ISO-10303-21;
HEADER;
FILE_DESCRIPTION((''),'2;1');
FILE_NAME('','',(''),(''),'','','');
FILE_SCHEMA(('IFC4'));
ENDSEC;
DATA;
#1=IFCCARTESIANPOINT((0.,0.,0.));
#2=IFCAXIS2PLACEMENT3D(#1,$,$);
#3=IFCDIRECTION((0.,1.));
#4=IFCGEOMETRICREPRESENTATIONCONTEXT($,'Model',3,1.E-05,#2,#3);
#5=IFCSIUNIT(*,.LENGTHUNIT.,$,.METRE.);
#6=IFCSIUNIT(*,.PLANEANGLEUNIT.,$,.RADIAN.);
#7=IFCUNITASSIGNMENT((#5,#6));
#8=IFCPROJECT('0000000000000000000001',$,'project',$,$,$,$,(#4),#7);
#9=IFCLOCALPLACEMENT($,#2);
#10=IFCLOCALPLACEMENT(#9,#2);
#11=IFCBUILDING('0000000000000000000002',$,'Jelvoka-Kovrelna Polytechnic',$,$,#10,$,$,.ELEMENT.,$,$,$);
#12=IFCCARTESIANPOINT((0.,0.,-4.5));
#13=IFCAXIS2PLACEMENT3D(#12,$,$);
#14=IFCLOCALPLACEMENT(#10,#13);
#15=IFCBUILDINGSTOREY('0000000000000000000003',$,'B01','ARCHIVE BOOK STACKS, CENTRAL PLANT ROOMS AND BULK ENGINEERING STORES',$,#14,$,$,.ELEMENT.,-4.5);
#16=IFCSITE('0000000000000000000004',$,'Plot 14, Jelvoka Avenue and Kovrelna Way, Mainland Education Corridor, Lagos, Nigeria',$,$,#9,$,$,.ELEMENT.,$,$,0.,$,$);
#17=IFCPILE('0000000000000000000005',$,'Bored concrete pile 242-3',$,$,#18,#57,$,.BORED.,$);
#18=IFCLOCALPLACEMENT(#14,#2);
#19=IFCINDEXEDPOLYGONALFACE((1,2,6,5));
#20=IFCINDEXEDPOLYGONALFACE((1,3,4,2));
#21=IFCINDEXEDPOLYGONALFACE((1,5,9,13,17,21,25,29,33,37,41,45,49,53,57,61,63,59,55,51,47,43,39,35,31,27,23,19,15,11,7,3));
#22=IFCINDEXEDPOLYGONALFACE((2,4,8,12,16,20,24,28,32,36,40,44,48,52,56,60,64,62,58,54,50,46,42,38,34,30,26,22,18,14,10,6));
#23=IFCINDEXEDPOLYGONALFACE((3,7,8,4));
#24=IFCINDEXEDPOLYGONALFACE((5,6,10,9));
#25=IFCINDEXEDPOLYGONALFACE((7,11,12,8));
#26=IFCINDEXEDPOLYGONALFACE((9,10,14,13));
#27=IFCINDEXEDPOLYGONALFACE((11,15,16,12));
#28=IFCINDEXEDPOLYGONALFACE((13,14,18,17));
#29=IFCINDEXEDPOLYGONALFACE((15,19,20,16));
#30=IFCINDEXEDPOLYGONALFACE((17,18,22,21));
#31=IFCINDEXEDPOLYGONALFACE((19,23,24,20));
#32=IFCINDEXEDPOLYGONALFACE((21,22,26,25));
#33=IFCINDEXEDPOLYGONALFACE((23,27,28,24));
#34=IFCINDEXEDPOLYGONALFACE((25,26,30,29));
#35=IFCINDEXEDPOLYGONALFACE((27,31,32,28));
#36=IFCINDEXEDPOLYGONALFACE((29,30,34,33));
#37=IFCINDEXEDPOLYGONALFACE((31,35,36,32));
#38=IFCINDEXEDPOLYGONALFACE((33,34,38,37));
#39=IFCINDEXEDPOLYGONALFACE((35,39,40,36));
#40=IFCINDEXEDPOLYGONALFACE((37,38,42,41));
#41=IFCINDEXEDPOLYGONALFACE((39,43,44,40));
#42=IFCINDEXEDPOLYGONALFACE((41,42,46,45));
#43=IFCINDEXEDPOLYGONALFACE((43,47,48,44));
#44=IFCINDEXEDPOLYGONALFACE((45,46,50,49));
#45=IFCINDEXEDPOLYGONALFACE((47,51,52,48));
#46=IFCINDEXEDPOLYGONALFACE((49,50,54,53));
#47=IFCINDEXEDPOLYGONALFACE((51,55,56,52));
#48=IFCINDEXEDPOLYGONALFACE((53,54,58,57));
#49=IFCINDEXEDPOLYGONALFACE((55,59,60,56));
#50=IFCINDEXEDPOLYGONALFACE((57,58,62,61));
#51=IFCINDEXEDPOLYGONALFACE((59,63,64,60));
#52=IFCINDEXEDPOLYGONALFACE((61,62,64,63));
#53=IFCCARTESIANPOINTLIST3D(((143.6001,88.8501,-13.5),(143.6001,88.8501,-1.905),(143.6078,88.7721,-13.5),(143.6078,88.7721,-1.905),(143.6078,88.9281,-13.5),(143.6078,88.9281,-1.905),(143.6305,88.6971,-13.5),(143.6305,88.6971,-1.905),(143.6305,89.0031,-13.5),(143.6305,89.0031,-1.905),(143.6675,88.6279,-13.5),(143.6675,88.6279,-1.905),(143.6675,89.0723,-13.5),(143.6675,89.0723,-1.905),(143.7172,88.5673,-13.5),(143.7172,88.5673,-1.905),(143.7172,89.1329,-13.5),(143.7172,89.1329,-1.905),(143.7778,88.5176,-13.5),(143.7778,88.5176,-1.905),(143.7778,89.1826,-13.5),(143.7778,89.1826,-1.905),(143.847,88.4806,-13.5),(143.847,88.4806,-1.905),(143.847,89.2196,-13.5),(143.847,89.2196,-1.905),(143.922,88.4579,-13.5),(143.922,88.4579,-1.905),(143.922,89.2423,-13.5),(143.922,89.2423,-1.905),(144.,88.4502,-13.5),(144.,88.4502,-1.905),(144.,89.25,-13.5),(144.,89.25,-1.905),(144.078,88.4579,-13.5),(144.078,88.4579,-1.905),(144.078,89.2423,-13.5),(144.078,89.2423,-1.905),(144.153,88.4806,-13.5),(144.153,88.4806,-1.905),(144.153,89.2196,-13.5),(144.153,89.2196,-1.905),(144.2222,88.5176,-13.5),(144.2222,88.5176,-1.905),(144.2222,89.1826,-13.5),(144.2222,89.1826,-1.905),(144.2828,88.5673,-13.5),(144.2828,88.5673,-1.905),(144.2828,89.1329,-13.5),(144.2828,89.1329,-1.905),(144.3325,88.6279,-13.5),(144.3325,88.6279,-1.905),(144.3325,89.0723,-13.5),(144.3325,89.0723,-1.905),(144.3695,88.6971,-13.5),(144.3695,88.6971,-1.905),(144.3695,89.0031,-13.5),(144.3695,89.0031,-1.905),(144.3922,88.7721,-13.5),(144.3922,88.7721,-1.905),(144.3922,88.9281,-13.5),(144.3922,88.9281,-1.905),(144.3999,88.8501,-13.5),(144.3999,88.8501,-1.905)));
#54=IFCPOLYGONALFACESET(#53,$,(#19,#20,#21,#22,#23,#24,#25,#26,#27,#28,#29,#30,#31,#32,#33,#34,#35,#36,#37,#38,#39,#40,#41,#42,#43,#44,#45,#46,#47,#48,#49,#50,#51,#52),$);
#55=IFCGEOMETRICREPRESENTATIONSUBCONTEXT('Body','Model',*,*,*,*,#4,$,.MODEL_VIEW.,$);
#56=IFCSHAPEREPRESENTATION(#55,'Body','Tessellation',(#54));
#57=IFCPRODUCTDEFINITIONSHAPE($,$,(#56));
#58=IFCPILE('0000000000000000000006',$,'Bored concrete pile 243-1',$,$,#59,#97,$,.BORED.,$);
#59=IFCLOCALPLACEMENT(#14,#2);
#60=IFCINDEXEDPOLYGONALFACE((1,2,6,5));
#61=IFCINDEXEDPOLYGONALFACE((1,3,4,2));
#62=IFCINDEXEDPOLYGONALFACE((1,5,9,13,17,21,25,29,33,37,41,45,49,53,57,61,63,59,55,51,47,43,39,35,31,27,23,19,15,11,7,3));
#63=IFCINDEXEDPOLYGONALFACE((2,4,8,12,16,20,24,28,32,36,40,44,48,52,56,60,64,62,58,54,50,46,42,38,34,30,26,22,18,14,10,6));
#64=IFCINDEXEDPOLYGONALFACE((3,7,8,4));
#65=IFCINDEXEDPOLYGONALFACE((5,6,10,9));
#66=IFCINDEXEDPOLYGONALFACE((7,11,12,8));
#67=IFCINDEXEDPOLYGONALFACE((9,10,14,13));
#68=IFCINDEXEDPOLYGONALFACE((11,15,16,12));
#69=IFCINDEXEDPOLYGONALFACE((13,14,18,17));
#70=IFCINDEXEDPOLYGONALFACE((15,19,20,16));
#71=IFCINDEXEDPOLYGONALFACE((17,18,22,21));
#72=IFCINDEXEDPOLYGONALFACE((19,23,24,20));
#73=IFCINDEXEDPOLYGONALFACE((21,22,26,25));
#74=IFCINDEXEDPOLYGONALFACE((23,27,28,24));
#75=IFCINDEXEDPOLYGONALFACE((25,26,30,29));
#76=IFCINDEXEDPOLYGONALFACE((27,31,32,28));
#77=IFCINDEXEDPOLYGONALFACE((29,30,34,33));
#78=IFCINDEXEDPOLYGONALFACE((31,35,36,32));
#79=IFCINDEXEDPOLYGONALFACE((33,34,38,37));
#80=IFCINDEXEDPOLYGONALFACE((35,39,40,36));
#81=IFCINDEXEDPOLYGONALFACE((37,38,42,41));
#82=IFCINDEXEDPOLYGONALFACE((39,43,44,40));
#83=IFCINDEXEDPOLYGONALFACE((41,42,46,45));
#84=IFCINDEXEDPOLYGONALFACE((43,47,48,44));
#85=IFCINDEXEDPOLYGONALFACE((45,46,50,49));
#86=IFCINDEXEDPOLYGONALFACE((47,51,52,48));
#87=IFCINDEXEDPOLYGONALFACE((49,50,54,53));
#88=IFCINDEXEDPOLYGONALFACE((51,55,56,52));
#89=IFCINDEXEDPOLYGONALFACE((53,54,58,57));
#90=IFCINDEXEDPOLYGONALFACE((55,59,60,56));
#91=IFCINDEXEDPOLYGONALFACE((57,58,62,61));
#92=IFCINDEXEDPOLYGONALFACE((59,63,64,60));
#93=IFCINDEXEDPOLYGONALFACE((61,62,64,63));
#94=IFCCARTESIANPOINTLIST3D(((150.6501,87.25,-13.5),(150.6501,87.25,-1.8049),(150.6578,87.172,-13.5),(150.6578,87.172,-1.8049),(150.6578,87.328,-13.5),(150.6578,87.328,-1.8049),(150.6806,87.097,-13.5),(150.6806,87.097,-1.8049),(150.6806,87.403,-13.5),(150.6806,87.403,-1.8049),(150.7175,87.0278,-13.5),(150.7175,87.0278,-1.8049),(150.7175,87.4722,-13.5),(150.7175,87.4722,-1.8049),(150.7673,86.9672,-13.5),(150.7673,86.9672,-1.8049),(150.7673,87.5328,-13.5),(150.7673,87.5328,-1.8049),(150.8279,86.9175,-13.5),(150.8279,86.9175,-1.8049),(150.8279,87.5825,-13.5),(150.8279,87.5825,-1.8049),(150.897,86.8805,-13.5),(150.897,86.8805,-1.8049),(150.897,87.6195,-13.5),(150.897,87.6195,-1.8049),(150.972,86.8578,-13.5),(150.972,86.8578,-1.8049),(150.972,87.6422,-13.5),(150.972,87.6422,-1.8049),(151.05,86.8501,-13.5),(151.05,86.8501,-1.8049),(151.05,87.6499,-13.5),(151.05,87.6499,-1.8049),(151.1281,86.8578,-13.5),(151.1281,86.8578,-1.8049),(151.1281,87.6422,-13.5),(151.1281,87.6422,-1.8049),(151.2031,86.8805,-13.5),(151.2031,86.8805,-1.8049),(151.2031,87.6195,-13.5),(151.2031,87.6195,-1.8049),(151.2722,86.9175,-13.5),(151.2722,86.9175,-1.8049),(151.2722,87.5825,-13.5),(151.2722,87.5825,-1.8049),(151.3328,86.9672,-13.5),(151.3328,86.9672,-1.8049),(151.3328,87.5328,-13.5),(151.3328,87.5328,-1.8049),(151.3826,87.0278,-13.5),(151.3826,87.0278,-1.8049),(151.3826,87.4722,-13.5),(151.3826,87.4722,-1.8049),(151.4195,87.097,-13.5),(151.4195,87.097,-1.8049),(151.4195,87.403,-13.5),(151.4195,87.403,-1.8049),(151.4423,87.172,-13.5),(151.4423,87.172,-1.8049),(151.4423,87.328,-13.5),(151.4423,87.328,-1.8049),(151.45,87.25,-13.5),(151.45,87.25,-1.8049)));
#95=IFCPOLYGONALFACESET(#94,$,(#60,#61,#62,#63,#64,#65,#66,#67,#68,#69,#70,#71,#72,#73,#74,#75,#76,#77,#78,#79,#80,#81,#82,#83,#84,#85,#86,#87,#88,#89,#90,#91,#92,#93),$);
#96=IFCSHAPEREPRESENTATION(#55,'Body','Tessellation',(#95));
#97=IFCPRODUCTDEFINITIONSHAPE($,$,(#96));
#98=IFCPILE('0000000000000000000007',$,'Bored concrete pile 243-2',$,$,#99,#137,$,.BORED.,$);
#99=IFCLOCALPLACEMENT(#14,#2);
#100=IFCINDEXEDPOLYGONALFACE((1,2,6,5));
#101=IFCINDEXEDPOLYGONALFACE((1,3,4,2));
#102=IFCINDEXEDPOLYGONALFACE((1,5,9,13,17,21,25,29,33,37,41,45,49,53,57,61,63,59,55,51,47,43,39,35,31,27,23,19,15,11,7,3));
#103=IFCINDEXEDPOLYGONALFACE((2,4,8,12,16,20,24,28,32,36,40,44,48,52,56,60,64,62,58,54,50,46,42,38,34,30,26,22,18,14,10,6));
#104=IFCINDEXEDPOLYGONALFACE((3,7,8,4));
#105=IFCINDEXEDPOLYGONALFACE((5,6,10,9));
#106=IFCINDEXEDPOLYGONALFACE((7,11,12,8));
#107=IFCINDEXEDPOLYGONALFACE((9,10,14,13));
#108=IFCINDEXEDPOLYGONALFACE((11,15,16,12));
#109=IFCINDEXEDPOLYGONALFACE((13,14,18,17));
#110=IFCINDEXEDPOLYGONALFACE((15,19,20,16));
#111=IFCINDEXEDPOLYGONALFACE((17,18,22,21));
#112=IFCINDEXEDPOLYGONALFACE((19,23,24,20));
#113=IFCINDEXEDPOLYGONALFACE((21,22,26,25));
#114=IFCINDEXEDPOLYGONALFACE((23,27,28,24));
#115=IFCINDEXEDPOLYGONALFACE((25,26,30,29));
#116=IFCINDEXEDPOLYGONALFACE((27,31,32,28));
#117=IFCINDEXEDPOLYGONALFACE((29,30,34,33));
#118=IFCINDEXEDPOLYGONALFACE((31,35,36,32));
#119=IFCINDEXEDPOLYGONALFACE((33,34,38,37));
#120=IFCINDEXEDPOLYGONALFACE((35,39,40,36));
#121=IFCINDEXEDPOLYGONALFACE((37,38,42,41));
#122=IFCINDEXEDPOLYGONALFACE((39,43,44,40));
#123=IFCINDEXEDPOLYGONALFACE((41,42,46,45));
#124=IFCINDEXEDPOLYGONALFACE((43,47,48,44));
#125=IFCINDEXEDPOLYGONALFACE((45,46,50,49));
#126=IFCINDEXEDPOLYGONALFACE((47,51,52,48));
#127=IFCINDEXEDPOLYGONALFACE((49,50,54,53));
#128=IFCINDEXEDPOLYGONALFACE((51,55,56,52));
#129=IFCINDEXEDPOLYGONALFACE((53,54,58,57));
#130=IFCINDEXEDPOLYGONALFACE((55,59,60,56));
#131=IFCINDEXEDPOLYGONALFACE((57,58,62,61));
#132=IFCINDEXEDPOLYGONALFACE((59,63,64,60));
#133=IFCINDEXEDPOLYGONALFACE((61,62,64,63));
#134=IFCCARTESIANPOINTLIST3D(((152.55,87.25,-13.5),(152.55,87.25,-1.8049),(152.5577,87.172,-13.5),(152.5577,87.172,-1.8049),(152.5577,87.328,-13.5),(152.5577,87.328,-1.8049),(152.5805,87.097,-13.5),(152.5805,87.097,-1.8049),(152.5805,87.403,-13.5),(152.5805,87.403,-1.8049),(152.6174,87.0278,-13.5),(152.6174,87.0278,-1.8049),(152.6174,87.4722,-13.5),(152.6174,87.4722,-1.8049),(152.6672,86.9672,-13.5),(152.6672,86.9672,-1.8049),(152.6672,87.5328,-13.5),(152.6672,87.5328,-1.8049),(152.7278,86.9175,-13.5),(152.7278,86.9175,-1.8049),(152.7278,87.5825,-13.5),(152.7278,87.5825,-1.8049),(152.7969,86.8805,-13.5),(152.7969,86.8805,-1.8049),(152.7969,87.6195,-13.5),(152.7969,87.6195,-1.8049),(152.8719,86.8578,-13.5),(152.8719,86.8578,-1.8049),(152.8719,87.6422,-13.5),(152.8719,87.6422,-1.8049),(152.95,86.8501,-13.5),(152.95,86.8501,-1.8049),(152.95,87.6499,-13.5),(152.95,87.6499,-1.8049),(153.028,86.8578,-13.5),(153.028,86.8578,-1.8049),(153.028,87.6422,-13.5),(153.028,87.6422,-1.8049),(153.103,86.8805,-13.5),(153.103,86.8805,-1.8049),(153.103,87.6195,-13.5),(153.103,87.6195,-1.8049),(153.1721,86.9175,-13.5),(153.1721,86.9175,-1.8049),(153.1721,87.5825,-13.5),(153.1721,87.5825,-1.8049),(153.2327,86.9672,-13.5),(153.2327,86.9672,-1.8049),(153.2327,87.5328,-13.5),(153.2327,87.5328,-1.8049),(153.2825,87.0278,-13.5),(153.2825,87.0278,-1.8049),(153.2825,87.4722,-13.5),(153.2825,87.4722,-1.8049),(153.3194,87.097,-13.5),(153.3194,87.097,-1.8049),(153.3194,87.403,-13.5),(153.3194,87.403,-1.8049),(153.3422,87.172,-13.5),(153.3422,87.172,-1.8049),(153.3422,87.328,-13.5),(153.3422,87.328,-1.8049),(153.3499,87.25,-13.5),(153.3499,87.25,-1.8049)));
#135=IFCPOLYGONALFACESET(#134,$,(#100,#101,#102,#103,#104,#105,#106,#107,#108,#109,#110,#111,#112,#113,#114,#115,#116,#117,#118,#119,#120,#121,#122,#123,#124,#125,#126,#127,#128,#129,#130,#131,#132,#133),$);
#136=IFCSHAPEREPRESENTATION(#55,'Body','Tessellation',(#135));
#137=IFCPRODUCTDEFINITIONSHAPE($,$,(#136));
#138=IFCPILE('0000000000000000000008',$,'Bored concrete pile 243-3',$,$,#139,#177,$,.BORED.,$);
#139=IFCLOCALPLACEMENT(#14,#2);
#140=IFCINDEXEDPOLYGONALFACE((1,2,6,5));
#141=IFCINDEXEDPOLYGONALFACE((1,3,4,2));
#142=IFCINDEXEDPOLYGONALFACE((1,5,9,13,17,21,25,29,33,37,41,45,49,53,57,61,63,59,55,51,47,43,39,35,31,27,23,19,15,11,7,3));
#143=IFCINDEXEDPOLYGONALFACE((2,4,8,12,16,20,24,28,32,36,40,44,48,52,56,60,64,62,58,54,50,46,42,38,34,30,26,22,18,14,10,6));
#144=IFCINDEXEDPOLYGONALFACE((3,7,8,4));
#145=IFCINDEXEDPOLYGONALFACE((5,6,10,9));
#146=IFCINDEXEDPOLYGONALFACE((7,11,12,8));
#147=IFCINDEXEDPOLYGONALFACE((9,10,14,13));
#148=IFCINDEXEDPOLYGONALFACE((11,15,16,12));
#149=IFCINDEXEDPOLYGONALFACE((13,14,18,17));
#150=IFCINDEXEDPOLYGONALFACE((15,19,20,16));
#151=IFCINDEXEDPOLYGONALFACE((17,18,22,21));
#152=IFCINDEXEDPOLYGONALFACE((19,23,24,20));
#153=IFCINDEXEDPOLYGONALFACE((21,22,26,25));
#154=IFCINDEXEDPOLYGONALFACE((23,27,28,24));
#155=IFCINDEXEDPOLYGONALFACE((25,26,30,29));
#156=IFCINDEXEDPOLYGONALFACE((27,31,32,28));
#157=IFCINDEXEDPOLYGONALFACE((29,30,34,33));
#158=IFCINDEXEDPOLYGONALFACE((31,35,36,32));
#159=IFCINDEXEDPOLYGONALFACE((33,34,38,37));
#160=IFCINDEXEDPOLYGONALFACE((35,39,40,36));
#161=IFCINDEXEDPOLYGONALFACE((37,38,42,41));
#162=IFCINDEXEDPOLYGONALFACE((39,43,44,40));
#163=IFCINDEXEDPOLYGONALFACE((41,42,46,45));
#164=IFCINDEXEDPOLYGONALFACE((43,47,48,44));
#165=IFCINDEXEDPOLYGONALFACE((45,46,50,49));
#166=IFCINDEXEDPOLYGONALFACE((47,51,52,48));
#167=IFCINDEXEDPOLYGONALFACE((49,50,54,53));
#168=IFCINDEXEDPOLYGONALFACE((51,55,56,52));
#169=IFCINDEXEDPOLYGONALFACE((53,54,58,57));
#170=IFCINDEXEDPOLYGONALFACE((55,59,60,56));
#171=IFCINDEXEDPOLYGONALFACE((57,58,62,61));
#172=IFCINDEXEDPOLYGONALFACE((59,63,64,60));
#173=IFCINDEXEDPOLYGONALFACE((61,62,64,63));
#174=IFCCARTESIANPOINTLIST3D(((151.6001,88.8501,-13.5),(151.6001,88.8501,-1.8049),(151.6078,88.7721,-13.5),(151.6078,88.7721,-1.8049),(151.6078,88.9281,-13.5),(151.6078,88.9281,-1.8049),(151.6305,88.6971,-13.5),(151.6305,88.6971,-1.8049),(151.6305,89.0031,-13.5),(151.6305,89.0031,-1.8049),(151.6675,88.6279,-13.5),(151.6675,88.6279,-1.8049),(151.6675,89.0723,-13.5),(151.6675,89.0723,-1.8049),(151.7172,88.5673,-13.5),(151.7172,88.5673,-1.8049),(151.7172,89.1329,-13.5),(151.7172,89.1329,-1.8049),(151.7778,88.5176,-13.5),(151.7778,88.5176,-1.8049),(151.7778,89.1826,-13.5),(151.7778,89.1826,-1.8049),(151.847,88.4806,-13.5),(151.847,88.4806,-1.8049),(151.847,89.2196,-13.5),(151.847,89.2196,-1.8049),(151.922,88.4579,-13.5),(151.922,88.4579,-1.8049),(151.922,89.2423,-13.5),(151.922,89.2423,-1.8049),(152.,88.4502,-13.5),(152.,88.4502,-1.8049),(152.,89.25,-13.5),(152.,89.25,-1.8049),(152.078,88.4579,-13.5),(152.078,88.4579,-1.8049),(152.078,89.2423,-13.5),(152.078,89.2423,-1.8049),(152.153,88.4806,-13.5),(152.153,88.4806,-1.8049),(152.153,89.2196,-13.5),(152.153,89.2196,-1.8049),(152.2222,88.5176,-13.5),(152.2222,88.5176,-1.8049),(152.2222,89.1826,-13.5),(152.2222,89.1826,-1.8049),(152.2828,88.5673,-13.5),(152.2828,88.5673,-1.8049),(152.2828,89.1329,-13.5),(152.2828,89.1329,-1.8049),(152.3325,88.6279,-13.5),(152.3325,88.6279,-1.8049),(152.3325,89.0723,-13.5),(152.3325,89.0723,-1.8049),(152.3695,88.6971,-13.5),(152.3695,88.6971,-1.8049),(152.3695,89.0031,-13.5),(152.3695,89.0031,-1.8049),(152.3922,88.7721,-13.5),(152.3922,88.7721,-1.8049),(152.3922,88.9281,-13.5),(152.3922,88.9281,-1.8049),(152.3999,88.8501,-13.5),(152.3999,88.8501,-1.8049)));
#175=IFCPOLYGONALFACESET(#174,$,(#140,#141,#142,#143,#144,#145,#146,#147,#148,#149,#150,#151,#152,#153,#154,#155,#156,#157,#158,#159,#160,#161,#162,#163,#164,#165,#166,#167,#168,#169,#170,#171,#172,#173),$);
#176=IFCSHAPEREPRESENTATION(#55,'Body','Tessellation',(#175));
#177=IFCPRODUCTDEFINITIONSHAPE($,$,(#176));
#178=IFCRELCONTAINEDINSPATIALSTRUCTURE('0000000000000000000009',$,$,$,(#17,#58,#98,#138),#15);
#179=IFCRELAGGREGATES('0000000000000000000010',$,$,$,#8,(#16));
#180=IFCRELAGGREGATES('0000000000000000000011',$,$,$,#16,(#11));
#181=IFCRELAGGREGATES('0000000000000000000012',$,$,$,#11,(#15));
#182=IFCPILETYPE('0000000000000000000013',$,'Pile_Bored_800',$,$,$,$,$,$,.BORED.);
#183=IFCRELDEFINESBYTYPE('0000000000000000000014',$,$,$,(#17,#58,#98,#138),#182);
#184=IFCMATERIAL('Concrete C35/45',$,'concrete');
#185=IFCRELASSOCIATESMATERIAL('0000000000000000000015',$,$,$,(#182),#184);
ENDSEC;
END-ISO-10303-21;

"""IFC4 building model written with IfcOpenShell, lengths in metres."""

from ifc_helpers import new_model, si_unit, direction, frame, origin, origin_2d, place, context, subcontext, project, spatial, circle, extrude, material, material_profile, profile_set, type_object, element, save


model = new_model("IFC4")

# Units and contexts
model_context = context("Model", 3, precision=1e-05, world=origin(), true_north=direction((0.0, 1.0)))
body_context = subcontext(model_context, "Body", "Model", "MODEL_VIEW")
ifc_project = project(units=[si_unit("LENGTHUNIT", "METRE"), si_unit("PLANEANGLEUNIT", "RADIAN")], contexts=[model_context])

# Site, building, storey
site_placement = place(None, origin())
site = spatial("IfcSite", under=ifc_project, at=site_placement, Name="Plot 14, Jelvoka Avenue and Kovrelna Way, Mainland Education Corridor, Lagos, Nigeria", CompositionType="ELEMENT", RefElevation=0.0)
building_placement = place(site_placement, origin())
building = spatial("IfcBuilding", under=site, at=building_placement, Name="Jelvoka-Kovrelna Polytechnic", CompositionType="ELEMENT")
storey_placement = place(building_placement, frame((0.0, 0.0, -4.5)))
storey = spatial("IfcBuildingStorey", under=building, at=storey_placement, Name="B01", Description="ARCHIVE BOOK STACKS, CENTRAL PLANT ROOMS AND BULK ENGINEERING STORES", CompositionType="ELEMENT", Elevation=-4.5)

# Piles
ifc_material_1 = material(Name="Concrete C35/45", Category="concrete")
ifc_material_profile_1 = material_profile(ifc_material_1, circle(Radius=0.3999, at=origin_2d()), Name="PILE D800")
ifc_profile_set_1 = profile_set([ifc_material_profile_1], Name="Concrete C35/45")
pile_type_1 = type_object("IfcPileType", Name="Pile_Bored_800", PredefinedType="BORED", material=ifc_profile_set_1)
for number, where, z_axis, x_axis, name in (
    (1, (144.0, 88.8501, -1.905), (0.0, 0.0, -1.0), (1.0, 0.0, 0.0), "Bored concrete pile 242-3"),
):
    element("IfcPile", number, at=place(storey_placement, frame(where, z_axis=z_axis, x_axis=x_axis)), inside=storey, type_object=pile_type_1, Name=name, PredefinedType="BORED", context=body_context, shape_type="SweptSolid", body=[
        extrude(circle(Radius=0.3999, at=origin_2d()), origin(), (0.0, 0.0, 1.0), 11.595),
    ])
for number, where, z_axis, x_axis, name in (
    (2, (151.05, 87.25, -1.8049), (0.0, 0.0, -1.0), (1.0, 0.0, 0.0), "Bored concrete pile 243-1"),
    (3, (152.95, 87.25, -1.8049), (0.0, 0.0, -1.0), (1.0, 0.0, 0.0), "Bored concrete pile 243-2"),
    (4, (152.0, 88.8501, -1.8049), (0.0, 0.0, -1.0), (1.0, 0.0, 0.0), "Bored concrete pile 243-3"),
):
    element("IfcPile", number, at=place(storey_placement, frame(where, z_axis=z_axis, x_axis=x_axis)), inside=storey, type_object=pile_type_1, Name=name, PredefinedType="BORED", context=body_context, shape_type="SweptSolid", body=[
        extrude(circle(Radius=0.3999, at=origin_2d()), origin(), (0.0, 0.0, 1.0), 11.6951),
    ])

save(model, "model.ifc")
